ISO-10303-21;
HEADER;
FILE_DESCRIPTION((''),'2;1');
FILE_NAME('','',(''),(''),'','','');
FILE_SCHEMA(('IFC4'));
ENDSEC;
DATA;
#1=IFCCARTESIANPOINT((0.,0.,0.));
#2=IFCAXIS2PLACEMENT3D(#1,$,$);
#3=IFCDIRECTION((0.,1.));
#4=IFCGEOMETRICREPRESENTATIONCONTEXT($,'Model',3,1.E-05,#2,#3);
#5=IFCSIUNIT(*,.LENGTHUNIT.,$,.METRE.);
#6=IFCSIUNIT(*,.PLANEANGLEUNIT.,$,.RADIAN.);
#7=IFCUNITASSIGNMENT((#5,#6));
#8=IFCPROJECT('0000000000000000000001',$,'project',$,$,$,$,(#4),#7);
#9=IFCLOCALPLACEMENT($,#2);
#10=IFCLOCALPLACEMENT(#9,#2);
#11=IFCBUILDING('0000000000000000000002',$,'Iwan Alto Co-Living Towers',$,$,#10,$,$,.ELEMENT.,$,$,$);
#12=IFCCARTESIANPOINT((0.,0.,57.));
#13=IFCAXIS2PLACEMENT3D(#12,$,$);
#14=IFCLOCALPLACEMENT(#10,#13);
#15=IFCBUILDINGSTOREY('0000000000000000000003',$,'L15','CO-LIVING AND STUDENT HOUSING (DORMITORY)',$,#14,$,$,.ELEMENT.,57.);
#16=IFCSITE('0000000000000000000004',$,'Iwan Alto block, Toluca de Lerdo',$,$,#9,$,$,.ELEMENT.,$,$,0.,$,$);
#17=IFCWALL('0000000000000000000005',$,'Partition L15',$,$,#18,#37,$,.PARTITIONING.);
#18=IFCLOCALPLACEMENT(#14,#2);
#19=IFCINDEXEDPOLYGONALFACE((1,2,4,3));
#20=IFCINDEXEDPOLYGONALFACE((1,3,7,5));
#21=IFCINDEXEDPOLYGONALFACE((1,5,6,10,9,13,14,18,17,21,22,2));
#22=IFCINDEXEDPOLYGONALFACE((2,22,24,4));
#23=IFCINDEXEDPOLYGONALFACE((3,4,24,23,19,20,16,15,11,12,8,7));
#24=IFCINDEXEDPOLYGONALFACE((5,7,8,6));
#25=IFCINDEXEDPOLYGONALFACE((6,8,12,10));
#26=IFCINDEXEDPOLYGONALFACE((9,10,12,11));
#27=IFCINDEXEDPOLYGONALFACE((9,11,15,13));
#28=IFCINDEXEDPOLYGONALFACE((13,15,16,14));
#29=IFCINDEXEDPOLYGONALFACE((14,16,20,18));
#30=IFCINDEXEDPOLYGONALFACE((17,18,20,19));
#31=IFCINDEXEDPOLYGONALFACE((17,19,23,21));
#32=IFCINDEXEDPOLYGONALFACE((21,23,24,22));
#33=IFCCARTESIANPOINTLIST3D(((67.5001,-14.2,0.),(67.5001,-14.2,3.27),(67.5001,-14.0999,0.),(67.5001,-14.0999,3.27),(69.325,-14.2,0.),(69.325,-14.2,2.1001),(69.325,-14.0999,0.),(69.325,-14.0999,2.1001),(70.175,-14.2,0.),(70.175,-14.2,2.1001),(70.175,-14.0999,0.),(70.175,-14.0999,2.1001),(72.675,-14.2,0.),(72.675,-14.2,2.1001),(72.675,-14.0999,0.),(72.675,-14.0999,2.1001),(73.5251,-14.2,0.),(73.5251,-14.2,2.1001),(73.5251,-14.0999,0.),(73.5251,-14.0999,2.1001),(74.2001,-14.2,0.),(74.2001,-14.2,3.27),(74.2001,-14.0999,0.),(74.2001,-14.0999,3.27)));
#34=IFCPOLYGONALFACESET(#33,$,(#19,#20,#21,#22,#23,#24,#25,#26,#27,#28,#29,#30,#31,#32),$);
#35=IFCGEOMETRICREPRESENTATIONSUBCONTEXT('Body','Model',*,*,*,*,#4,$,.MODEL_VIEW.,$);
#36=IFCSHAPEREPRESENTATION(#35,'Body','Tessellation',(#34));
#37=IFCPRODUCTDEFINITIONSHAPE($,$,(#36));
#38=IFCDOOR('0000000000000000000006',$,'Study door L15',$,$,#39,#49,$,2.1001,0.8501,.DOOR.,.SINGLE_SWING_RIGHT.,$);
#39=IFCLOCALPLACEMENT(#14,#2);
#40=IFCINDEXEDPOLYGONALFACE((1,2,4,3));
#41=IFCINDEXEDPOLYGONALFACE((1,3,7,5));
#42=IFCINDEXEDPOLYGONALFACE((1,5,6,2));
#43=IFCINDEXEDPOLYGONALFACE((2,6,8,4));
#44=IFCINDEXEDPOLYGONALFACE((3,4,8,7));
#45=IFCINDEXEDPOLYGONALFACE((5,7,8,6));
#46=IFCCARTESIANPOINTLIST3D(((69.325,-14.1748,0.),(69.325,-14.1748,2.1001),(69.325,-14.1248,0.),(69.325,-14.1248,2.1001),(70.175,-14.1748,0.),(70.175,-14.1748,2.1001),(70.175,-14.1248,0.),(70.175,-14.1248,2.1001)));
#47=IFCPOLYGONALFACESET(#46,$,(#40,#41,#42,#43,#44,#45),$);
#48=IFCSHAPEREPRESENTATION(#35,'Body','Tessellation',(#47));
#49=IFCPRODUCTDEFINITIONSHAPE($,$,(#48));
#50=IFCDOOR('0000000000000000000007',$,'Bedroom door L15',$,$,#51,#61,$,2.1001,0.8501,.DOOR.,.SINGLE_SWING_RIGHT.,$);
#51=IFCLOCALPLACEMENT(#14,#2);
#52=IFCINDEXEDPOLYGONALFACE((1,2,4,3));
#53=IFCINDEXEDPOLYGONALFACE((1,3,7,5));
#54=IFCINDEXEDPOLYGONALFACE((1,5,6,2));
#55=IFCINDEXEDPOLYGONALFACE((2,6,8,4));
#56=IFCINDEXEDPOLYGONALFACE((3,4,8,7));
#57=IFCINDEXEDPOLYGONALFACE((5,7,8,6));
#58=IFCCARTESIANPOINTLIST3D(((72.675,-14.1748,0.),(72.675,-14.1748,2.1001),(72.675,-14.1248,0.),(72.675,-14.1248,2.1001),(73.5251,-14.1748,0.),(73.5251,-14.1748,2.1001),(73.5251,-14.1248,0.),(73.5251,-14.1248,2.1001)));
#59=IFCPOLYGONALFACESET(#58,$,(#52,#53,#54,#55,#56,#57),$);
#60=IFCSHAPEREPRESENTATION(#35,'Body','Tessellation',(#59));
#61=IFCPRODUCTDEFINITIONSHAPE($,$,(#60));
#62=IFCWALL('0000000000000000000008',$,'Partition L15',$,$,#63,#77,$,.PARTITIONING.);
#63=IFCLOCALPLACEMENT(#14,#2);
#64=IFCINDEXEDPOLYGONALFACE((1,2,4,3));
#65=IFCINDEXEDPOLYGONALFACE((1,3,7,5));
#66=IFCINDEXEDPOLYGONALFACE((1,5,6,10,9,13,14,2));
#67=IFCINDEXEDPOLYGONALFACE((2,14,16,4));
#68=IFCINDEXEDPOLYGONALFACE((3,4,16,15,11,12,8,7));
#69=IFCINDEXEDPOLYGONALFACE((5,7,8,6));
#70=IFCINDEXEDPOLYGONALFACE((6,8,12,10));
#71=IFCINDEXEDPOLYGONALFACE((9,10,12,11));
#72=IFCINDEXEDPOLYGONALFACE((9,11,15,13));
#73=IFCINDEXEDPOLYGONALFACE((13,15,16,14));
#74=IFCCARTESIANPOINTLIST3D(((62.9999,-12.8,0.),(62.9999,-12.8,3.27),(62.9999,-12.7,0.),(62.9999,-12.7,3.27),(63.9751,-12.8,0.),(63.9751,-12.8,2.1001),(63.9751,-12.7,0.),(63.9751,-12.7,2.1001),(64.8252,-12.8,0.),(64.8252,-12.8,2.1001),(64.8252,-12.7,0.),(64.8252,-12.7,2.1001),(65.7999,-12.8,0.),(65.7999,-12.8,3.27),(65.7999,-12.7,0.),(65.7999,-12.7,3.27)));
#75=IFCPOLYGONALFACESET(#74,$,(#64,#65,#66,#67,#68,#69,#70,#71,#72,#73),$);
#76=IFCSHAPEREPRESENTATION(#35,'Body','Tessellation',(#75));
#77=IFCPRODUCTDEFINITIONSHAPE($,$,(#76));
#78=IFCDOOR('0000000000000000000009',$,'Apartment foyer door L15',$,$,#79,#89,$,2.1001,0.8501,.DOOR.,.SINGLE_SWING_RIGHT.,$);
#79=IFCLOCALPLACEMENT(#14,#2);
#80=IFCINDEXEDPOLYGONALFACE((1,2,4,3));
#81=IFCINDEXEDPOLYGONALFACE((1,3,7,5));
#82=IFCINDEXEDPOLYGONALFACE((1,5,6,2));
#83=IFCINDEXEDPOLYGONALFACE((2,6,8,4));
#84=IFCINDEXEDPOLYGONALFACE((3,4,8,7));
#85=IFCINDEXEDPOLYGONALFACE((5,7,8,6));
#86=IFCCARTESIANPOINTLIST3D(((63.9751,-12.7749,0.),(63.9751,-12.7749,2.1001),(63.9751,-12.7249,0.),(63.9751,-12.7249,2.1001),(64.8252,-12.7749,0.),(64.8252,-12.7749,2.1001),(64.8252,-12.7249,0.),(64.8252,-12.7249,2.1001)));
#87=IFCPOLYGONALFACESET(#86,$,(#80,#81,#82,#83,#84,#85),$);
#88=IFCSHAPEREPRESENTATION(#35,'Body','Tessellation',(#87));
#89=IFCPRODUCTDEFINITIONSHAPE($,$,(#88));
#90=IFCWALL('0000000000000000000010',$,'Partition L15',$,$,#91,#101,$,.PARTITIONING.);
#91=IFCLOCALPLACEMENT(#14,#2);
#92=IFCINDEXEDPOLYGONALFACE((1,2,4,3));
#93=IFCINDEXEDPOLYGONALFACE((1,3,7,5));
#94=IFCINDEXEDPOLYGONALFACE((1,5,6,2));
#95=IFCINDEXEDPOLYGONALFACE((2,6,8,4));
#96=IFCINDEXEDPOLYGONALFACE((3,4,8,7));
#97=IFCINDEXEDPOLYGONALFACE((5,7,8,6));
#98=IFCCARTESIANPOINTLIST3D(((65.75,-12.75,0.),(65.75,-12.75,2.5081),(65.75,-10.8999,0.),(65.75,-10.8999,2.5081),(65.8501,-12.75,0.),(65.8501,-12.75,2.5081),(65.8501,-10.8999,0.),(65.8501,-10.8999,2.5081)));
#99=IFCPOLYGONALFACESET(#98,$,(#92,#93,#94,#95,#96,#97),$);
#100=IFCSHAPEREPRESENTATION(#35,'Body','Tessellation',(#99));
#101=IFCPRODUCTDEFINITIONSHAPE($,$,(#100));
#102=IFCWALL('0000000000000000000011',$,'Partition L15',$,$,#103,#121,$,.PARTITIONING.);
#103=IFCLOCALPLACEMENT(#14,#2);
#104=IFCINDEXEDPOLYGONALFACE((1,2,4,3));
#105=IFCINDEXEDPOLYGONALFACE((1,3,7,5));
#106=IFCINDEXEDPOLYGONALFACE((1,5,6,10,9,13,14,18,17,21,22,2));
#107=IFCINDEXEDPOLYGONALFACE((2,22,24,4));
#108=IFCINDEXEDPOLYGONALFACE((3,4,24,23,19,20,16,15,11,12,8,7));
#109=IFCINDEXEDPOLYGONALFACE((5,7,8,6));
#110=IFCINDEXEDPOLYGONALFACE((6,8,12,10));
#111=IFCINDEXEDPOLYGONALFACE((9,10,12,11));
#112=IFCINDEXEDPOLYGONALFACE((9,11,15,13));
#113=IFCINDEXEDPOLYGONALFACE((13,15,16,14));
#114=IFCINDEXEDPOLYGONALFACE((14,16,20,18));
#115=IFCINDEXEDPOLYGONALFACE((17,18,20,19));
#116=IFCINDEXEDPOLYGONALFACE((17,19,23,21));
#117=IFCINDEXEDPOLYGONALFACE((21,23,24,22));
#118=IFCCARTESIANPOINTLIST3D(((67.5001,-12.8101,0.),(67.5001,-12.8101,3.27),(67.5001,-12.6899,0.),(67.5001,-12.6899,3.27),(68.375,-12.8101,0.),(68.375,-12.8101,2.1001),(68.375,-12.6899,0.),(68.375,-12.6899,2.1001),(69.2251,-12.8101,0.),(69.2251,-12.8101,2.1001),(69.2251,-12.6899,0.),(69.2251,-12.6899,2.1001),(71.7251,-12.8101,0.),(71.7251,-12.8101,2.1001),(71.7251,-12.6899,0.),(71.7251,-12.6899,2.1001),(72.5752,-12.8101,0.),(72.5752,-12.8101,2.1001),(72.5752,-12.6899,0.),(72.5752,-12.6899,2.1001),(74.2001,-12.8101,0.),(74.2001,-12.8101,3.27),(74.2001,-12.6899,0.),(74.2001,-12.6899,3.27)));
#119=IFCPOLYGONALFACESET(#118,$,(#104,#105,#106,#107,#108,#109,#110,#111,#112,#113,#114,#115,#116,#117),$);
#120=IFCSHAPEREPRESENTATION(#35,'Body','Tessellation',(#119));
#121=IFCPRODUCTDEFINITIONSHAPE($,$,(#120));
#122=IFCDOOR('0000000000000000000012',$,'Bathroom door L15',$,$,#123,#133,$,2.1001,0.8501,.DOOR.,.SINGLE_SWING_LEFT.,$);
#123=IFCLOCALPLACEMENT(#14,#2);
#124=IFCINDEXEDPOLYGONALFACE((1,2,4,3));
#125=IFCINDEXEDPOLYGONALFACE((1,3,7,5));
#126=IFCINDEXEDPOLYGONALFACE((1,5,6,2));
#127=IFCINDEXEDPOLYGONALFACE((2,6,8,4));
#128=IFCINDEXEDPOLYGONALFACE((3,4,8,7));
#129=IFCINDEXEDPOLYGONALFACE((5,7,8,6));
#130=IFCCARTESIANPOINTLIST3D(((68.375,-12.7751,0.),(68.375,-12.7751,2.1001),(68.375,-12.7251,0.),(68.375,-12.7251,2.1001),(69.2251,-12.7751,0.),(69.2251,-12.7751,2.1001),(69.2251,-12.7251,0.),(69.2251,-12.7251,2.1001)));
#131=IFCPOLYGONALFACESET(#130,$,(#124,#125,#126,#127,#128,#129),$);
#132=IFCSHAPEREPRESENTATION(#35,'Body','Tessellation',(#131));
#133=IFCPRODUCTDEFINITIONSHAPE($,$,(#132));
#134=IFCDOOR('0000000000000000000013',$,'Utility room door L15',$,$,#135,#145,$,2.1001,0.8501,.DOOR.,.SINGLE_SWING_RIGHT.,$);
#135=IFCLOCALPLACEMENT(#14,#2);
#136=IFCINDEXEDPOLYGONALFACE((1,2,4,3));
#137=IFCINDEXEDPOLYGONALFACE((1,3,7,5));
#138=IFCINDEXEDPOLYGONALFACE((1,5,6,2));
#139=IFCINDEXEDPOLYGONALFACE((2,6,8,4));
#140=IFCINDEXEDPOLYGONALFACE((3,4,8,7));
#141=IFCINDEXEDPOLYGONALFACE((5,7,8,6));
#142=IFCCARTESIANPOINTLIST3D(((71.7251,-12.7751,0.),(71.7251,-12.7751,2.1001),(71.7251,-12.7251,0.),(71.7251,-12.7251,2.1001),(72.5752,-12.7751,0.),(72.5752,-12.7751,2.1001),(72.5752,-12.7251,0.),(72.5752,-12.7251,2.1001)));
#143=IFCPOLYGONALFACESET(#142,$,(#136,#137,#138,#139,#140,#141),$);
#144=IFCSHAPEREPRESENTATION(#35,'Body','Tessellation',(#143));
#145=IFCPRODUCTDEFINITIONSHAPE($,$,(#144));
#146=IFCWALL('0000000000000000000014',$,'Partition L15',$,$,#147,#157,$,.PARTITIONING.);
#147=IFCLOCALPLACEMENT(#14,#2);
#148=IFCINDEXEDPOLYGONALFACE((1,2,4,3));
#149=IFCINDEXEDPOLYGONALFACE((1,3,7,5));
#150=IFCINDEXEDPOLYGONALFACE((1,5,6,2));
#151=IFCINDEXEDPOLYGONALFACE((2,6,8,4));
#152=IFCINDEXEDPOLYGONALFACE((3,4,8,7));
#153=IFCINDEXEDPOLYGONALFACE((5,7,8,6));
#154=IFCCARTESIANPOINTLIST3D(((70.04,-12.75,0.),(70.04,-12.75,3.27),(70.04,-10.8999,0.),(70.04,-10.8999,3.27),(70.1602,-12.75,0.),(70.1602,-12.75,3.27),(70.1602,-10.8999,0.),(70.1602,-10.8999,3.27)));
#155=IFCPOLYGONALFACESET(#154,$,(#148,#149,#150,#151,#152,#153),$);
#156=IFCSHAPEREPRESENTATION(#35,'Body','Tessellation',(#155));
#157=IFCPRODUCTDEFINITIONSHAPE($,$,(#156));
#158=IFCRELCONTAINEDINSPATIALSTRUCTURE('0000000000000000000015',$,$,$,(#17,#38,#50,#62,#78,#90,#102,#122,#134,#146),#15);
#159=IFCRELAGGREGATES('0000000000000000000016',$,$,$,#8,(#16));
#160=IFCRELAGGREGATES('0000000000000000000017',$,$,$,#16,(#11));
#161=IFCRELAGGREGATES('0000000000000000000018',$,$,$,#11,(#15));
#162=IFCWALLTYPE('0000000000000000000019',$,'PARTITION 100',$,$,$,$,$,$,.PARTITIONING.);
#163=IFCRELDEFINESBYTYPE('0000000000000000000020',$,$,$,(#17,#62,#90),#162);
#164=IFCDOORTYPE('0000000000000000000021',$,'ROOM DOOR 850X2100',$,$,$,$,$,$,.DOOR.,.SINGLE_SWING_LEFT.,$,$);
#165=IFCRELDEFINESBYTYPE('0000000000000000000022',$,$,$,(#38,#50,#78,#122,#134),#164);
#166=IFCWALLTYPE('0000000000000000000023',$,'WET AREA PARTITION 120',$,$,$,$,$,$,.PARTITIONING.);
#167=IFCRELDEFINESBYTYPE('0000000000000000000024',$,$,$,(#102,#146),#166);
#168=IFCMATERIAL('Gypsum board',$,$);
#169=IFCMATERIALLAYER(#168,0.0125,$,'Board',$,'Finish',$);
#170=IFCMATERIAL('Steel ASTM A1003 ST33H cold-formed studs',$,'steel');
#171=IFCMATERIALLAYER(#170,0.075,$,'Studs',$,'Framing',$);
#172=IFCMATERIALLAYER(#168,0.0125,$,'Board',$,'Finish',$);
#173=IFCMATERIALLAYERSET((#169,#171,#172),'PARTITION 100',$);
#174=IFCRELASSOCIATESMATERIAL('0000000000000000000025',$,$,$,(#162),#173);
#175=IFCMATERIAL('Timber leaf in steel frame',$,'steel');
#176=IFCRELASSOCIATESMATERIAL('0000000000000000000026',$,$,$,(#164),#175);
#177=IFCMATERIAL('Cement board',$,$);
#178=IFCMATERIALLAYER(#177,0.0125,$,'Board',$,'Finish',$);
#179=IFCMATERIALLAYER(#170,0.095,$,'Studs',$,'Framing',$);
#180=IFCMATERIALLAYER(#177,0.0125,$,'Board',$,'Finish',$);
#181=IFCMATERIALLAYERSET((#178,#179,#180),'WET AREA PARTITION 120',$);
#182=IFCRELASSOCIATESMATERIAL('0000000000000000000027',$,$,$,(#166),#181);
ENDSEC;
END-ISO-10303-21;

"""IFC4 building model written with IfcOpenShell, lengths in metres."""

from ifc_helpers import new_model, si_unit, direction, frame, frame_2d, origin, place, context, subcontext, project, spatial, rectangle, extrude, material, layer, layer_set, type_object, element, fill, save


model = new_model("IFC4")

# Units and contexts
model_context = context("Model", 3, precision=1e-05, world=origin(), true_north=direction((0.0, 1.0)))
body_context = subcontext(model_context, "Body", "Model", "MODEL_VIEW")
ifc_project = project(units=[si_unit("LENGTHUNIT", "METRE"), si_unit("PLANEANGLEUNIT", "RADIAN")], contexts=[model_context])

# Site, building, storey
site_placement = place(None, origin())
site = spatial("IfcSite", under=ifc_project, at=site_placement, Name="Iwan Alto block, Toluca de Lerdo", CompositionType="ELEMENT", RefElevation=0.0)
building_placement = place(site_placement, origin())
building = spatial("IfcBuilding", under=site, at=building_placement, Name="Iwan Alto Co-Living Towers", CompositionType="ELEMENT")
storey_placement = place(building_placement, frame((0.0, 0.0, 57.0)))
storey = spatial("IfcBuildingStorey", under=building, at=storey_placement, Name="L15", Description="CO-LIVING AND STUDENT HOUSING (DORMITORY)", CompositionType="ELEMENT", Elevation=57.0)

# Shared definitions
ifc_material_1 = material(Name="Gypsum board")
ifc_material_2 = material(Name="Steel ASTM A1003 ST33H cold-formed studs", Category="steel")

# Wall, openings, doors
ifc_layer_1 = layer(ifc_material_1, 0.0125, Name="Board", Category="Finish")
ifc_layer_2 = layer(ifc_material_2, 0.075, Name="Studs", Category="Framing")
ifc_layer_3 = layer(ifc_material_1, 0.0125, Name="Board", Category="Finish")
ifc_layer_set_1 = layer_set([ifc_layer_1, ifc_layer_2, ifc_layer_3], Name="PARTITION 100")
wall_type_1 = type_object("IfcWallType", Name="PARTITION 100", PredefinedType="PARTITIONING", material=ifc_layer_set_1)
wall_1_placement = place(storey_placement, frame((67.5, -14.1499, 0.0), z_axis=(0.0, 0.0, 1.0), x_axis=(1.0, 0.0, 0.0)))
wall_1 = element("IfcWall", 1, at=wall_1_placement, inside=storey, type_object=wall_type_1, Name="Partition L15", PredefinedType="PARTITIONING", context=body_context, shape_type="SweptSolid", body=[
    extrude(rectangle(XDim=6.7, YDim=0.1001, at=frame_2d((3.3501, 0.0))), origin(), (0.0, 0.0, 1.0), 3.27),
])
opening_1_placement = place(wall_1_placement, frame((1.825, 0.0, 0.0)))
opening_1 = element("IfcOpeningElement", 2, at=opening_1_placement, cuts=wall_1, PredefinedType="OPENING", context=body_context, shape_type="SweptSolid", body=[
    extrude(rectangle(XDim=0.8501, YDim=2.1001, at=frame_2d((0.425, 1.05))), frame((0.0, 0.0601, 0.0), z_axis=(0.0, -1.0, 0.0), x_axis=(1.0, 0.0, 0.0)), (0.0, 0.0, 1.0), 0.1201),
])
opening_2_placement = place(wall_1_placement, frame((5.175, 0.0, 0.0)))
opening_2 = element("IfcOpeningElement", 3, at=opening_2_placement, cuts=wall_1, PredefinedType="OPENING", context=body_context, shape_type="SweptSolid", body=[
    extrude(rectangle(XDim=0.8501, YDim=2.1001, at=frame_2d((0.425, 1.05))), frame((0.0, 0.0601, 0.0), z_axis=(0.0, -1.0, 0.0), x_axis=(1.0, 0.0, 0.0)), (0.0, 0.0, 1.0), 0.1201),
])
ifc_material_3 = material(Name="Timber leaf in steel frame", Category="steel")
door_type_1 = type_object("IfcDoorType", Name="ROOM DOOR 850X2100", OperationType="SINGLE_SWING_LEFT", PredefinedType="DOOR", material=ifc_material_3)
door_1_placement = place(opening_1_placement, frame((0.8501, 0.0, 0.0), z_axis=(0.0, 0.0, 1.0), x_axis=(-1.0, 0.0, 0.0)))
door_1 = element("IfcDoor", 4, at=door_1_placement, inside=storey, type_object=door_type_1, Name="Study door L15", OperationType="SINGLE_SWING_RIGHT", OverallHeight=2.1001, OverallWidth=0.8501, PredefinedType="DOOR", context=body_context, shape_type="SweptSolid", body=[
    extrude(rectangle(XDim=0.8501, YDim=2.1001, at=frame_2d((0.425, 1.05))), frame((0.0, 0.0249, 0.0), z_axis=(0.0, -1.0, 0.0), x_axis=(1.0, 0.0, 0.0)), (0.0, 0.0, 1.0), 0.05),
])
fill(opening_1, door_1)
door_2_placement = place(opening_2_placement, frame((0.8501, 0.0, 0.0), z_axis=(0.0, 0.0, 1.0), x_axis=(-1.0, 0.0, 0.0)))
door_2 = element("IfcDoor", 5, at=door_2_placement, inside=storey, type_object=door_type_1, Name="Bedroom door L15", OperationType="SINGLE_SWING_RIGHT", OverallHeight=2.1001, OverallWidth=0.8501, PredefinedType="DOOR", context=body_context, shape_type="SweptSolid", body=[
    extrude(rectangle(XDim=0.8501, YDim=2.1001, at=frame_2d((0.425, 1.05))), frame((0.0, 0.0249, 0.0), z_axis=(0.0, -1.0, 0.0), x_axis=(1.0, 0.0, 0.0)), (0.0, 0.0, 1.0), 0.05),
])
fill(opening_2, door_2)

# Wall, opening, door
wall_2_placement = place(storey_placement, frame((63.0, -12.75, 0.0), z_axis=(0.0, 0.0, 1.0), x_axis=(1.0, 0.0, 0.0)))
wall_2 = element("IfcWall", 6, at=wall_2_placement, inside=storey, type_object=wall_type_1, Name="Partition L15", PredefinedType="PARTITIONING", context=body_context, shape_type="SweptSolid", body=[
    extrude(rectangle(XDim=2.8, YDim=0.1001, at=frame_2d((1.3999, 0.0))), origin(), (0.0, 0.0, 1.0), 3.27),
])
opening_3_placement = place(wall_2_placement, frame((0.9751, 0.0, 0.0)))
opening_3 = element("IfcOpeningElement", 7, at=opening_3_placement, cuts=wall_2, PredefinedType="OPENING", context=body_context, shape_type="SweptSolid", body=[
    extrude(rectangle(XDim=0.8501, YDim=2.1001, at=frame_2d((0.425, 1.05))), frame((0.0, 0.0601, 0.0), z_axis=(0.0, -1.0, 0.0), x_axis=(1.0, 0.0, 0.0)), (0.0, 0.0, 1.0), 0.1201),
])
door_3_placement = place(opening_3_placement, frame((0.8501, 0.0, 0.0), z_axis=(0.0, 0.0, 1.0), x_axis=(-1.0, 0.0, 0.0)))
door_3 = element("IfcDoor", 8, at=door_3_placement, inside=storey, type_object=door_type_1, Name="Apartment foyer door L15", OperationType="SINGLE_SWING_RIGHT", OverallHeight=2.1001, OverallWidth=0.8501, PredefinedType="DOOR", context=body_context, shape_type="SweptSolid", body=[
    extrude(rectangle(XDim=0.8501, YDim=2.1001, at=frame_2d((0.425, 1.05))), frame((0.0, 0.0249, 0.0), z_axis=(0.0, -1.0, 0.0), x_axis=(1.0, 0.0, 0.0)), (0.0, 0.0, 1.0), 0.05),
])
fill(opening_3, door_3)

# Wall
wall_3_placement = place(storey_placement, frame((65.8, -12.75, 0.0), z_axis=(0.0, 0.0, 1.0), x_axis=(0.0, 1.0, 0.0)))
element("IfcWall", 9, at=wall_3_placement, inside=storey, type_object=wall_type_1, Name="Partition L15", PredefinedType="PARTITIONING", context=body_context, shape_type="SweptSolid", body=[
    extrude(rectangle(XDim=1.8501, YDim=0.1001, at=frame_2d((0.925, 0.0))), origin(), (0.0, 0.0, 1.0), 2.5081),
])

# Wall, openings, doors
ifc_material_4 = material(Name="Cement board")
ifc_layer_4 = layer(ifc_material_4, 0.0125, Name="Board", Category="Finish")
ifc_layer_5 = layer(ifc_material_2, 0.095, Name="Studs", Category="Framing")
ifc_layer_6 = layer(ifc_material_4, 0.0125, Name="Board", Category="Finish")
ifc_layer_set_2 = layer_set([ifc_layer_4, ifc_layer_5, ifc_layer_6], Name="WET AREA PARTITION 120")
wall_type_2 = type_object("IfcWallType", Name="WET AREA PARTITION 120", PredefinedType="PARTITIONING", material=ifc_layer_set_2)
wall_4_placement = place(storey_placement, frame((67.5, -12.75, 0.0), z_axis=(0.0, 0.0, 1.0), x_axis=(1.0, 0.0, 0.0)))
wall_4 = element("IfcWall", 10, at=wall_4_placement, inside=storey, type_object=wall_type_2, Name="Partition L15", PredefinedType="PARTITIONING", context=body_context, shape_type="SweptSolid", body=[
    extrude(rectangle(XDim=6.7, YDim=0.1201, at=frame_2d((3.3501, 0.0))), origin(), (0.0, 0.0, 1.0), 3.27),
])
opening_4_placement = place(wall_4_placement, frame((0.875, 0.0, 0.0)))
opening_4 = element("IfcOpeningElement", 11, at=opening_4_placement, cuts=wall_4, PredefinedType="OPENING", context=body_context, shape_type="SweptSolid", body=[
    extrude(rectangle(XDim=0.8501, YDim=2.1001, at=frame_2d((0.425, 1.05))), frame((0.0, 0.0701, 0.0), z_axis=(0.0, -1.0, 0.0), x_axis=(1.0, 0.0, 0.0)), (0.0, 0.0, 1.0), 0.1401),
])
opening_5_placement = place(wall_4_placement, frame((4.2251, 0.0, 0.0)))
opening_5 = element("IfcOpeningElement", 12, at=opening_5_placement, cuts=wall_4, PredefinedType="OPENING", context=body_context, shape_type="SweptSolid", body=[
    extrude(rectangle(XDim=0.8501, YDim=2.1001, at=frame_2d((0.425, 1.05))), frame((0.0, 0.0701, 0.0), z_axis=(0.0, -1.0, 0.0), x_axis=(1.0, 0.0, 0.0)), (0.0, 0.0, 1.0), 0.1401),
])
door_4_placement = place(opening_4_placement, origin())
door_4 = element("IfcDoor", 13, at=door_4_placement, inside=storey, type_object=door_type_1, Name="Bathroom door L15", OperationType="SINGLE_SWING_LEFT", OverallHeight=2.1001, OverallWidth=0.8501, PredefinedType="DOOR", context=body_context, shape_type="SweptSolid", body=[
    extrude(rectangle(XDim=0.8501, YDim=2.1001, at=frame_2d((0.425, 1.05))), frame((0.0, 0.0249, 0.0), z_axis=(0.0, -1.0, 0.0), x_axis=(1.0, 0.0, 0.0)), (0.0, 0.0, 1.0), 0.05),
])
fill(opening_4, door_4)
door_5_placement = place(opening_5_placement, origin())
door_5 = element("IfcDoor", 14, at=door_5_placement, inside=storey, type_object=door_type_1, Name="Utility room door L15", OperationType="SINGLE_SWING_RIGHT", OverallHeight=2.1001, OverallWidth=0.8501, PredefinedType="DOOR", context=body_context, shape_type="SweptSolid", body=[
    extrude(rectangle(XDim=0.8501, YDim=2.1001, at=frame_2d((0.425, 1.05))), frame((0.0, 0.0249, 0.0), z_axis=(0.0, -1.0, 0.0), x_axis=(1.0, 0.0, 0.0)), (0.0, 0.0, 1.0), 0.05),
])
fill(opening_5, door_5)

# Wall
wall_5_placement = place(storey_placement, frame((70.1001, -12.75, 0.0), z_axis=(0.0, 0.0, 1.0), x_axis=(0.0, 1.0, 0.0)))
element("IfcWall", 15, at=wall_5_placement, inside=storey, type_object=wall_type_2, Name="Partition L15", PredefinedType="PARTITIONING", context=body_context, shape_type="SweptSolid", body=[
    extrude(rectangle(XDim=1.8501, YDim=0.1201, at=frame_2d((0.925, 0.0))), origin(), (0.0, 0.0, 1.0), 3.27),
])

save(model, "model.ifc")
